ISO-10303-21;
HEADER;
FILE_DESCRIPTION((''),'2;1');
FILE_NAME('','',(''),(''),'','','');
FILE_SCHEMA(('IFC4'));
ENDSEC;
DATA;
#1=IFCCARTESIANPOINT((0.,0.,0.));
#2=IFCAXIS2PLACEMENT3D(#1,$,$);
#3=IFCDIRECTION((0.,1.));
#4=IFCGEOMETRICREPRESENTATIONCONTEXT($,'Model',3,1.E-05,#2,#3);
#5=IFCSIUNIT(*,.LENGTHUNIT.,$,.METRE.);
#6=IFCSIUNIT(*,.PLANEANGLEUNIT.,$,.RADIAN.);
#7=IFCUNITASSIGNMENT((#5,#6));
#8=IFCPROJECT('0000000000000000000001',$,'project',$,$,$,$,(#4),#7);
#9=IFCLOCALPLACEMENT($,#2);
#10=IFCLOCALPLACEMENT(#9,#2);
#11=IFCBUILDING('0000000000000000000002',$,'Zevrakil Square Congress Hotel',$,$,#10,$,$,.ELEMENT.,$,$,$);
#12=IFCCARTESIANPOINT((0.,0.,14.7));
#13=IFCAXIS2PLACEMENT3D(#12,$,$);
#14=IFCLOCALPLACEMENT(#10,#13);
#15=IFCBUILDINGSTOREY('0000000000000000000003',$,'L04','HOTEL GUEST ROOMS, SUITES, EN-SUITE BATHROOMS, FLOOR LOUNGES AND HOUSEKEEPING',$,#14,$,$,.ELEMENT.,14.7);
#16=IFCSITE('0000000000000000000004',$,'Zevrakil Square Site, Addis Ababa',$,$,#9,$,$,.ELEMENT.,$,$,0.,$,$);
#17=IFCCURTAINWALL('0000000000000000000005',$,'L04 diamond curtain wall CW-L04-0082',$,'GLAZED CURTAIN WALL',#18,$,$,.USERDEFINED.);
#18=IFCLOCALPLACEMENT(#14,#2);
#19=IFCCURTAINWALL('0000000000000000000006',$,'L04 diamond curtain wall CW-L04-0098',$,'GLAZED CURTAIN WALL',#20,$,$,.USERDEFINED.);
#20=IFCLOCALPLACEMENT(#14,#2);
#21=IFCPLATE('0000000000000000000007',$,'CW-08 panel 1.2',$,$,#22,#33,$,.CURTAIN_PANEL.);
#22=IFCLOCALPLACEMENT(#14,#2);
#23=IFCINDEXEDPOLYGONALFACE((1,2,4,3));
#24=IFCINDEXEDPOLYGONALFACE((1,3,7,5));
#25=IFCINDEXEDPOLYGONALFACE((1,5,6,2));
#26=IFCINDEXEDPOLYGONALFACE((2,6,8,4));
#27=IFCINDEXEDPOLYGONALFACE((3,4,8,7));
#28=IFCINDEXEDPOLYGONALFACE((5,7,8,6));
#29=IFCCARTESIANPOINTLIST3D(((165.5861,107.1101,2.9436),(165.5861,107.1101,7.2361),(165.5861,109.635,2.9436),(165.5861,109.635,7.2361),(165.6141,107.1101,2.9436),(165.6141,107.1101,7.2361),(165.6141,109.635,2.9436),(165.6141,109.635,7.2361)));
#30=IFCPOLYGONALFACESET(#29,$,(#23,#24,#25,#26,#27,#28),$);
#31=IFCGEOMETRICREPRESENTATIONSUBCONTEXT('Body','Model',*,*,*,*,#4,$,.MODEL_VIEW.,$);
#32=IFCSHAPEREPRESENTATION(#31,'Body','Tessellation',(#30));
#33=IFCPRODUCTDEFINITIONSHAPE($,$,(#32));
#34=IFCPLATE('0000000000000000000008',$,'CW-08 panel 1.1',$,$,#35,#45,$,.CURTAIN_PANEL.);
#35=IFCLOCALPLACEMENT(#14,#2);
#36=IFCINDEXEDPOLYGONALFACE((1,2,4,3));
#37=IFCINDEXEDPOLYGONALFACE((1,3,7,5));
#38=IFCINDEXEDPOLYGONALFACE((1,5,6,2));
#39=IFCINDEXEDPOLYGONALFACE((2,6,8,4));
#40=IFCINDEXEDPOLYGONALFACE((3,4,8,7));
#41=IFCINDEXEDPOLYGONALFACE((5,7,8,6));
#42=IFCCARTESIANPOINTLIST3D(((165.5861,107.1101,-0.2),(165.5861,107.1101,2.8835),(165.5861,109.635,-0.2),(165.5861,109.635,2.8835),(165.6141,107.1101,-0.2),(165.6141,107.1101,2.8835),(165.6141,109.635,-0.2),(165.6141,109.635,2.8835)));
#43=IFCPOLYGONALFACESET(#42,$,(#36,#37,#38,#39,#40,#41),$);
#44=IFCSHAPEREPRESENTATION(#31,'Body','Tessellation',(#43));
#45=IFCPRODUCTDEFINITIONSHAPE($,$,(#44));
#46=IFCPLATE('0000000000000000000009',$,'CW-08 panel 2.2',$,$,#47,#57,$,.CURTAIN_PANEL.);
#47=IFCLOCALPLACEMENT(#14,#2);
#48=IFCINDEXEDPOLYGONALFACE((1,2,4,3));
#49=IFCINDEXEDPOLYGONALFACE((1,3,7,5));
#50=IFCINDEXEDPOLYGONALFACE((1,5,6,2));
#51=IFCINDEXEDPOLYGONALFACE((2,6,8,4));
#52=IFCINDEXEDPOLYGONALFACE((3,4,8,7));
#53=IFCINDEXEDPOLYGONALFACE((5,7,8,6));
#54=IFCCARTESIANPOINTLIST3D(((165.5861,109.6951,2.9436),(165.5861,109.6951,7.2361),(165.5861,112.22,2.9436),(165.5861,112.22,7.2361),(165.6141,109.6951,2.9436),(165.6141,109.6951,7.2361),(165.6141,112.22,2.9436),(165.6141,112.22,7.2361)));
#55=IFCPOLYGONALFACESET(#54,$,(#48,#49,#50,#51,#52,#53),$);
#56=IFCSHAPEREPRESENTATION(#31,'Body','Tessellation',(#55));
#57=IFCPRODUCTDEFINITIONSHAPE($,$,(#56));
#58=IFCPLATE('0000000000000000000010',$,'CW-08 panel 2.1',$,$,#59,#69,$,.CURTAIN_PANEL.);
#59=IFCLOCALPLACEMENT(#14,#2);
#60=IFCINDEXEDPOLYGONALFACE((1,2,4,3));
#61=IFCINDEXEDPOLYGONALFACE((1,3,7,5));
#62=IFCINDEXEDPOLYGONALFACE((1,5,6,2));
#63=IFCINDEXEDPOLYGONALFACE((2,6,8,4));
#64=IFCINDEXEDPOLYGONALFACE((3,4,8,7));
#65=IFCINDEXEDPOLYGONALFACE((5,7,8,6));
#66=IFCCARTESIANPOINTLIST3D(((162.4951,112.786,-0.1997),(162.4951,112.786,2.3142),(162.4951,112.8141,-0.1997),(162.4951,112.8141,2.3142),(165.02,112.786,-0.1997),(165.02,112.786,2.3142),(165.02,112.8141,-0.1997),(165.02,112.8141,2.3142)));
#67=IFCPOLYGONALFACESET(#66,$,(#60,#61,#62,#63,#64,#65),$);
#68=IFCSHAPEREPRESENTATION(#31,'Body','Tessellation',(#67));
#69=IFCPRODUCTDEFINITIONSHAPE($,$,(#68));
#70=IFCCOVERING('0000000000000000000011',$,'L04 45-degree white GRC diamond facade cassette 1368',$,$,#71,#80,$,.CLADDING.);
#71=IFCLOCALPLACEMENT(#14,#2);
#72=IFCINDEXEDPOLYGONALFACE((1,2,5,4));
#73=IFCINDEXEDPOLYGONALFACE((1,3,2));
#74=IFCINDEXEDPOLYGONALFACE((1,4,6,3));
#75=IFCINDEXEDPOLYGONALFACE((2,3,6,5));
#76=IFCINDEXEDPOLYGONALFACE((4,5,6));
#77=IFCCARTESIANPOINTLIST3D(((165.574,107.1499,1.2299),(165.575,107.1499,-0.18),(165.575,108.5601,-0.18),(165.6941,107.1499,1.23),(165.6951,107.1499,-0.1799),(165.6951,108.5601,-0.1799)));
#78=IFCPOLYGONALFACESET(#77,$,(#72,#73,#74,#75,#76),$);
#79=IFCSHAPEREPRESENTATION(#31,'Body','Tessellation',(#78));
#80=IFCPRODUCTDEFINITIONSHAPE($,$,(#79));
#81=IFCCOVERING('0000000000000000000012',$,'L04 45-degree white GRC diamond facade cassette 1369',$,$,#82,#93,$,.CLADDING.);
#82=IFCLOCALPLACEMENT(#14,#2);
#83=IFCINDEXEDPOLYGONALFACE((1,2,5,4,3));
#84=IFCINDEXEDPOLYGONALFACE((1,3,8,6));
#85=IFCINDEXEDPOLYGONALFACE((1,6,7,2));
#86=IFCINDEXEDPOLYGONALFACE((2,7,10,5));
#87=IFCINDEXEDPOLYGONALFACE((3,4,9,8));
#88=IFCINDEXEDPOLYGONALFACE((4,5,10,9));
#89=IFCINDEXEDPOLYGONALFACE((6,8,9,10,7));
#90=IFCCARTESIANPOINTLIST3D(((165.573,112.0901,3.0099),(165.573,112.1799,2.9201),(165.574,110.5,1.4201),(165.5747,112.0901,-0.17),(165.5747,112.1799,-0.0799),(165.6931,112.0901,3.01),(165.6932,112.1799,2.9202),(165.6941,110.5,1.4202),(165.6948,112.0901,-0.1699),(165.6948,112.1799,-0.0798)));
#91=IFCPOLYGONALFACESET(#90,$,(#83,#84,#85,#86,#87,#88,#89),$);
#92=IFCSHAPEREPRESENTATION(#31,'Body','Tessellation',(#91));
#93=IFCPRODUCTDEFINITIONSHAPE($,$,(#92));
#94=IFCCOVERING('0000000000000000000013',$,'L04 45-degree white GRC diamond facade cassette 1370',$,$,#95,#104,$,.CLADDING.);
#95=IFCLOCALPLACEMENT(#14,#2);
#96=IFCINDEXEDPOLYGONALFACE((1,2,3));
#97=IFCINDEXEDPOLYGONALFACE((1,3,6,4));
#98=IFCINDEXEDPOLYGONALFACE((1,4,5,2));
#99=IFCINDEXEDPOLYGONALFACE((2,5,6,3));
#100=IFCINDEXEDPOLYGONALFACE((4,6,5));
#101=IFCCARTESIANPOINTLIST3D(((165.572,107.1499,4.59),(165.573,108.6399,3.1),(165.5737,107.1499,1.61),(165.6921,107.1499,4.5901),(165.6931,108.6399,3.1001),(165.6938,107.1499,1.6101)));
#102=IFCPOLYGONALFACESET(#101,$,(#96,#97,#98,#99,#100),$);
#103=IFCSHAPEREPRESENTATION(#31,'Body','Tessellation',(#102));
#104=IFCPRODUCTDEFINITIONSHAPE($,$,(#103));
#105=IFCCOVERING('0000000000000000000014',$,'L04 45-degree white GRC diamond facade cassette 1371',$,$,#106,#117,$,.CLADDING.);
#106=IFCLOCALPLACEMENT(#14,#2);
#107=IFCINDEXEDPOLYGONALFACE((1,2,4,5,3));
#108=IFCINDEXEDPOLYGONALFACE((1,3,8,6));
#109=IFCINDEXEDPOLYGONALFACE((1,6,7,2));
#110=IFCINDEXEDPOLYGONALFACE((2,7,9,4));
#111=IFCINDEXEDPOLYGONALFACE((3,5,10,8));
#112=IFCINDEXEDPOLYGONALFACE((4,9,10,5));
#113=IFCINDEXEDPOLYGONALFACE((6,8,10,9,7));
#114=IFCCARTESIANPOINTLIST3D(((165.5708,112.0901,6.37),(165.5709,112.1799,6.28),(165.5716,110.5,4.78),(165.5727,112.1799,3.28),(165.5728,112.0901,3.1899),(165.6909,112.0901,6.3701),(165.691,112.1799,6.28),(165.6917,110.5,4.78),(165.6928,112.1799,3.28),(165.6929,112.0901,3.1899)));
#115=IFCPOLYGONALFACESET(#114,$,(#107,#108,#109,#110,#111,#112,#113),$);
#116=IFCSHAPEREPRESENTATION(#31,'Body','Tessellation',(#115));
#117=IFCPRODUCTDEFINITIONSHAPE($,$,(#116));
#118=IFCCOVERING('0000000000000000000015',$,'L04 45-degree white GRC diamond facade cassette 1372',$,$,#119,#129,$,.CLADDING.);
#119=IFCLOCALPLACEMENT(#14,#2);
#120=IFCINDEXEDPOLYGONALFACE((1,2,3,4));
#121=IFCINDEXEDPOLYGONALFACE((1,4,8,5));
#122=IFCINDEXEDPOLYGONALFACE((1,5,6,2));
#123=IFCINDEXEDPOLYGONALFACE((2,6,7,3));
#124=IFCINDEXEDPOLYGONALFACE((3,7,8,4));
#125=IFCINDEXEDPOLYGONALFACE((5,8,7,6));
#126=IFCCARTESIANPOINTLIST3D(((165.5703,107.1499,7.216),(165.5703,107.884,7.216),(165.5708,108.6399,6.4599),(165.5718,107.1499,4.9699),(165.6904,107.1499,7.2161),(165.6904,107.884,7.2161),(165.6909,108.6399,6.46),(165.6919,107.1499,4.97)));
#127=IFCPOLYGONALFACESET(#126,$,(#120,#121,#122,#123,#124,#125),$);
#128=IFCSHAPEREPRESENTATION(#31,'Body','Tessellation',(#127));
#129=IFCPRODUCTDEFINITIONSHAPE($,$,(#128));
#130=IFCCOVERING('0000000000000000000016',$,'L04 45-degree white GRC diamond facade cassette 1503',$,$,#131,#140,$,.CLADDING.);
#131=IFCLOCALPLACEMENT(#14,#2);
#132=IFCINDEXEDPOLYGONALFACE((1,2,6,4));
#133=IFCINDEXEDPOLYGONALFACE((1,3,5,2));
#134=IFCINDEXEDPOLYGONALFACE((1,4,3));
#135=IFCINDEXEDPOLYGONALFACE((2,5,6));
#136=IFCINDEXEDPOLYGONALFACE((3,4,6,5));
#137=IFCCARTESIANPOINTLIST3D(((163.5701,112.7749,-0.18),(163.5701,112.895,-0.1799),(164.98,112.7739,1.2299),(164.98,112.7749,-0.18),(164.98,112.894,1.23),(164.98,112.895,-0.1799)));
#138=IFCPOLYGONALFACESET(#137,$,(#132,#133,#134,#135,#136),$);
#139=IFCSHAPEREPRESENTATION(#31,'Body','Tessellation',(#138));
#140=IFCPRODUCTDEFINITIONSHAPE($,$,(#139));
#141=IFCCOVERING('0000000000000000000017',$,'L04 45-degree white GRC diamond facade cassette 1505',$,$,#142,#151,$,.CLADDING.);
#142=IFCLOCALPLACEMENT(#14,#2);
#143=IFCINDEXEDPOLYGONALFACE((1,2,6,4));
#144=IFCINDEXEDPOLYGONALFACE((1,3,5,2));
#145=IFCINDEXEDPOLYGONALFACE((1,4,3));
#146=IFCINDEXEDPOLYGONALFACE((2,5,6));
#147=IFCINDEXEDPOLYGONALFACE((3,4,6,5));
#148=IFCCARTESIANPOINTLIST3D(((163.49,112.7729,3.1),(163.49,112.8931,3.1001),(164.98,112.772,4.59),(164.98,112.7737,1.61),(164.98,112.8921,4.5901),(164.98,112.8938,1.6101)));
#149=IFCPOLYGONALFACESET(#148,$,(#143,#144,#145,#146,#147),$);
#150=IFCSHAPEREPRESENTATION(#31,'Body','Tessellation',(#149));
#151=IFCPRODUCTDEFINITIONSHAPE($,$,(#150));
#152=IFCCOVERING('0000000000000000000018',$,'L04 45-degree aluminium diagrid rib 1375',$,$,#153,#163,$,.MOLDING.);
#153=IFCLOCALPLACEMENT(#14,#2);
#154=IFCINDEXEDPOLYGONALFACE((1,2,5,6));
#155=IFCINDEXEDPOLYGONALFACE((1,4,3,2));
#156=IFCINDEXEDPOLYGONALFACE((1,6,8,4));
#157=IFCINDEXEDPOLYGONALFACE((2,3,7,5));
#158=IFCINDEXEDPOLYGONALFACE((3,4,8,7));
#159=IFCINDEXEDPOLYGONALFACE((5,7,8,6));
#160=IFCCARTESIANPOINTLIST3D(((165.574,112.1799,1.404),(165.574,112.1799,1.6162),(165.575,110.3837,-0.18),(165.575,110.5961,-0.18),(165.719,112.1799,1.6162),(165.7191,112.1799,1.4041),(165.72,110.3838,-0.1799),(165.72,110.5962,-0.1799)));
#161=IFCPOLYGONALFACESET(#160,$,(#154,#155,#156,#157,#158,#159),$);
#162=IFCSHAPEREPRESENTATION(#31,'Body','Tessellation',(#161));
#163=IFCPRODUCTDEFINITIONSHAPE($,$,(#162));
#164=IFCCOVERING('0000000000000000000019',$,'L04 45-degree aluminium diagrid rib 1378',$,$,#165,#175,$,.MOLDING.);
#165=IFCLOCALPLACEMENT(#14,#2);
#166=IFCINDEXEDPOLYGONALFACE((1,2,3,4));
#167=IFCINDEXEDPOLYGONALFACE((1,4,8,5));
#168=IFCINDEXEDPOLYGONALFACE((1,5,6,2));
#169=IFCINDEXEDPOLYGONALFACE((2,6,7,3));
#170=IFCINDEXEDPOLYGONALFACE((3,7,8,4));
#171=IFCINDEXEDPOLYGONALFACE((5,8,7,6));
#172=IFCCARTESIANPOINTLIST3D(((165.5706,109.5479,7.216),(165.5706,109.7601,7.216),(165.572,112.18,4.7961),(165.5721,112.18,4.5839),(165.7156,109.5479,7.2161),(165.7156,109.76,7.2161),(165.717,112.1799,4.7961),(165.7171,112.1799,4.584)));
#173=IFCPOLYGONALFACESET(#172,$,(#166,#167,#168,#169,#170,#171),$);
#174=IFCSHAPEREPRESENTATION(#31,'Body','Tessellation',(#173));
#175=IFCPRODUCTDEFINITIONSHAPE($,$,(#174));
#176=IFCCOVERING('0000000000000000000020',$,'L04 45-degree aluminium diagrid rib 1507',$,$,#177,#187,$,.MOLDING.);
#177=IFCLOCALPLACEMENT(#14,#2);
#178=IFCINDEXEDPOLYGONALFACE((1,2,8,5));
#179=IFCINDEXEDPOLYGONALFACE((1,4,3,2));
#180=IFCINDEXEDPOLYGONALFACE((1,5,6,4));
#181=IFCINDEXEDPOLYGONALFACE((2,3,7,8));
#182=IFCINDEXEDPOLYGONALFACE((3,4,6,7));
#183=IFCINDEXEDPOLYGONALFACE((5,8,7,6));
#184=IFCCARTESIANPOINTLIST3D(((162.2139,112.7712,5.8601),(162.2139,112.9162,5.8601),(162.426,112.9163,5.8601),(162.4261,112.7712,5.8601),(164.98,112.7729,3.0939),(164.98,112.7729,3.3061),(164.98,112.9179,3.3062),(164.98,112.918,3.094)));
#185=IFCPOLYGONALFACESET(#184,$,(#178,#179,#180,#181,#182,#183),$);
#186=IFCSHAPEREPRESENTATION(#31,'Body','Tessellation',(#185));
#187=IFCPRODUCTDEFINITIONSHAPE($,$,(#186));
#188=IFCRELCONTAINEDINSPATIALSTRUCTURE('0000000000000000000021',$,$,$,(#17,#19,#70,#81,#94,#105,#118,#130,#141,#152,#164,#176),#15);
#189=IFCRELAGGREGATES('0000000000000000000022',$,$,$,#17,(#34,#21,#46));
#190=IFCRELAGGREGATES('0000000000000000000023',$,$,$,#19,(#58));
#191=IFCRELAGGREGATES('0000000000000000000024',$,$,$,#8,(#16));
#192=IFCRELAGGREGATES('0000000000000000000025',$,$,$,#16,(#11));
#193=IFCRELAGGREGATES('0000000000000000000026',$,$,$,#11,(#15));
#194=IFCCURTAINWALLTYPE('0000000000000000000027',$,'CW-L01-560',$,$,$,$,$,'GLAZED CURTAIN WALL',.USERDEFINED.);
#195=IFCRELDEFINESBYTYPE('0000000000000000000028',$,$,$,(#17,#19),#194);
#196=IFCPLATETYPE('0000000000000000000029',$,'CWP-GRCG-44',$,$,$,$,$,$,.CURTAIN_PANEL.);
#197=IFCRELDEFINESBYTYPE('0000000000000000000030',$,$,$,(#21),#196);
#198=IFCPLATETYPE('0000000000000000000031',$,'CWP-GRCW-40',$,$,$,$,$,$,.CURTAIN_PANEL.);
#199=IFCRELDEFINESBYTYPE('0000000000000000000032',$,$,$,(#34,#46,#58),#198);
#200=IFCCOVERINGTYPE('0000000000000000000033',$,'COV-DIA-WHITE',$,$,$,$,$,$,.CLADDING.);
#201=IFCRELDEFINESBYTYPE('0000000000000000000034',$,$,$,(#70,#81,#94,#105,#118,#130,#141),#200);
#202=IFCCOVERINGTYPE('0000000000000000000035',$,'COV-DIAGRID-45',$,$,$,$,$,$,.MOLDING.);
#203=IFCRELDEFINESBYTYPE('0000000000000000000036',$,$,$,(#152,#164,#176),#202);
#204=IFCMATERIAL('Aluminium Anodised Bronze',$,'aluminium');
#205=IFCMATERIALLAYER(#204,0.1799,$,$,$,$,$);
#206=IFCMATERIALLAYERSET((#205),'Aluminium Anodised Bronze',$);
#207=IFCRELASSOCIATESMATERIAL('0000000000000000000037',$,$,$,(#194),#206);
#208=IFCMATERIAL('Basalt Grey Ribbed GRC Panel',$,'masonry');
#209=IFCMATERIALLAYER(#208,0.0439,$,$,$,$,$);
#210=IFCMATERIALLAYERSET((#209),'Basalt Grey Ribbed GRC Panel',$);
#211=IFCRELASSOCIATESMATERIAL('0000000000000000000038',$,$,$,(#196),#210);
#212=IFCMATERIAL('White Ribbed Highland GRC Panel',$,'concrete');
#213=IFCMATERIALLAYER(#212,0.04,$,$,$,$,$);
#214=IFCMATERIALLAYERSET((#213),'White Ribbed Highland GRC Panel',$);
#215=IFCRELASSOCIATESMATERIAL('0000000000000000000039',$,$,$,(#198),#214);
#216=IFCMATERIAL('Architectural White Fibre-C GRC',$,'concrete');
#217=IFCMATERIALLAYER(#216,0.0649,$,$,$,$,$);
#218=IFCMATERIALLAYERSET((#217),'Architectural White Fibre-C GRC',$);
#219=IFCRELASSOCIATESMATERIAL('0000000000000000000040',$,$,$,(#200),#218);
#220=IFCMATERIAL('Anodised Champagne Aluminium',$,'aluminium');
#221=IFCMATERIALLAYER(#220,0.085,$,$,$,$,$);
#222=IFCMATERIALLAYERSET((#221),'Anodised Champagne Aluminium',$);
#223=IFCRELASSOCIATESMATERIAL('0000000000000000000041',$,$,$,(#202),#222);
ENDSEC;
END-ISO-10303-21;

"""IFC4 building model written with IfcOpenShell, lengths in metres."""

from ifc_helpers import new_model, si_unit, direction, frame, origin, origin_2d, place, context, subcontext, project, spatial, polyline, rectangle, outline, extrude, material, layer, layer_set, type_object, element, aggregate, save


model = new_model("IFC4")

# Units and contexts
model_context = context("Model", 3, precision=1e-05, world=origin(), true_north=direction((0.0, 1.0)))
body_context = subcontext(model_context, "Body", "Model", "MODEL_VIEW")
ifc_project = project(units=[si_unit("LENGTHUNIT", "METRE"), si_unit("PLANEANGLEUNIT", "RADIAN")], contexts=[model_context])

# Site, building, storey
site_placement = place(None, origin())
site = spatial("IfcSite", under=ifc_project, at=site_placement, Name="Zevrakil Square Site, Addis Ababa", CompositionType="ELEMENT", RefElevation=0.0)
building_placement = place(site_placement, origin())
building = spatial("IfcBuilding", under=site, at=building_placement, Name="Zevrakil Square Congress Hotel", CompositionType="ELEMENT")
storey_placement = place(building_placement, frame((0.0, 0.0, 14.7)))
storey = spatial("IfcBuildingStorey", under=building, at=storey_placement, Name="L04", Description="HOTEL GUEST ROOMS, SUITES, EN-SUITE BATHROOMS, FLOOR LOUNGES AND HOUSEKEEPING", CompositionType="ELEMENT", Elevation=14.7)

# Curtain wall
ifc_material_1 = material(Name="Aluminium Anodised Bronze", Category="aluminium")
ifc_layer_1 = layer(ifc_material_1, 0.1799)
ifc_layer_set_1 = layer_set([ifc_layer_1], Name="Aluminium Anodised Bronze")
curtain_wall_type = type_object("IfcCurtainWallType", Name="CW-L01-560", ElementType="GLAZED CURTAIN WALL", PredefinedType="USERDEFINED", material=ifc_layer_set_1)
curtain_wall_1_placement = place(storey_placement, origin())
curtain_wall_1 = element("IfcCurtainWall", 1, at=curtain_wall_1_placement, inside=storey, type_object=curtain_wall_type, Name="L04 diamond curtain wall CW-L04-0082", ObjectType="GLAZED CURTAIN WALL", PredefinedType="USERDEFINED")

# Curtain wall
curtain_wall_2_placement = place(storey_placement, origin())
curtain_wall_2 = element("IfcCurtainWall", 2, at=curtain_wall_2_placement, inside=storey, type_object=curtain_wall_type, Name="L04 diamond curtain wall CW-L04-0098", ObjectType="GLAZED CURTAIN WALL", PredefinedType="USERDEFINED")

# Plates
ifc_material_2 = material(Name="Basalt Grey Ribbed GRC Panel", Category="masonry")
ifc_layer_2 = layer(ifc_material_2, 0.0439)
ifc_layer_set_2 = layer_set([ifc_layer_2], Name="Basalt Grey Ribbed GRC Panel")
plate_type_1 = type_object("IfcPlateType", Name="CWP-GRCG-44", PredefinedType="CURTAIN_PANEL", material=ifc_layer_set_2)
plate_1_placement = place(storey_placement, frame((165.6001, 108.3726, 2.9436), z_axis=(0.0, 0.0, 1.0), x_axis=(0.0, 1.0, 0.0)))
plate_1 = element("IfcPlate", 3, at=plate_1_placement, type_object=plate_type_1, Name="CW-08 panel 1.2", PredefinedType="CURTAIN_PANEL", context=body_context, shape_type="SweptSolid", body=[
    extrude(rectangle(XDim=2.5249, YDim=0.0281, at=origin_2d()), origin(), (0.0, 0.0, 1.0), 4.2925),
])
ifc_material_3 = material(Name="White Ribbed Highland GRC Panel", Category="concrete")
ifc_layer_3 = layer(ifc_material_3, 0.04)
ifc_layer_set_3 = layer_set([ifc_layer_3], Name="White Ribbed Highland GRC Panel")
plate_type_2 = type_object("IfcPlateType", Name="CWP-GRCW-40", PredefinedType="CURTAIN_PANEL", material=ifc_layer_set_3)
plate_2_placement = place(storey_placement, frame((165.6001, 108.3726, -0.2), z_axis=(0.0, 0.0, 1.0), x_axis=(0.0, 1.0, 0.0)))
plate_2 = element("IfcPlate", 4, at=plate_2_placement, type_object=plate_type_2, Name="CW-08 panel 1.1", PredefinedType="CURTAIN_PANEL", context=body_context, shape_type="SweptSolid", body=[
    extrude(rectangle(XDim=2.5249, YDim=0.0281, at=origin_2d()), origin(), (0.0, 0.0, 1.0), 3.0835),
])
plate_3_placement = place(storey_placement, frame((165.6001, 110.9575, 2.9436), z_axis=(0.0, 0.0, 1.0), x_axis=(0.0, 1.0, 0.0)))
plate_3 = element("IfcPlate", 5, at=plate_3_placement, type_object=plate_type_2, Name="CW-08 panel 2.2", PredefinedType="CURTAIN_PANEL", context=body_context, shape_type="SweptSolid", body=[
    extrude(rectangle(XDim=2.5249, YDim=0.0281, at=origin_2d()), origin(), (0.0, 0.0, 1.0), 4.2925),
])
aggregate(curtain_wall_1, [plate_2, plate_1, plate_3])
plate_4_placement = place(storey_placement, frame((163.7576, 112.8, -0.1997), z_axis=(0.0, 0.0, 1.0), x_axis=(1.0, 0.0, 0.0)))
plate_4 = element("IfcPlate", 6, at=plate_4_placement, type_object=plate_type_2, Name="CW-08 panel 2.1", PredefinedType="CURTAIN_PANEL", context=body_context, shape_type="SweptSolid", body=[
    extrude(rectangle(XDim=2.5249, YDim=0.0281, at=origin_2d()), origin(), (0.0, 0.0, 1.0), 2.5139),
])
aggregate(curtain_wall_2, [plate_4])

# Coverings
ifc_material_4 = material(Name="Architectural White Fibre-C GRC", Category="concrete")
ifc_layer_4 = layer(ifc_material_4, 0.0649)
ifc_layer_set_4 = layer_set([ifc_layer_4], Name="Architectural White Fibre-C GRC")
covering_type_1 = type_object("IfcCoveringType", Name="COV-DIA-WHITE", PredefinedType="CLADDING", material=ifc_layer_set_4)
covering_1_placement = place(storey_placement, frame((165.6951, 108.5601, -0.1799), z_axis=(1.0, 0.0, 0.000693), x_axis=(0.0, -1.0, 0.0)))
element("IfcCovering", 7, at=covering_1_placement, inside=storey, type_object=covering_type_1, Name="L04 45-degree white GRC diamond facade cassette 1368", PredefinedType="CLADDING", context=body_context, shape_type="SweptSolid", body=[
    extrude(outline(polyline([(0.0, 0.0), (1.4102, 0.0), (1.4102, -1.4099), (0.0, 0.0)])), origin(), (0.0, 0.0, -1.0), 0.1201),
])
covering_2_placement = place(storey_placement, frame((165.6948, 112.0901, -0.1699), z_axis=(1.0, 0.000069, 0.000539), x_axis=(-0.000332, -0.707107, 0.707107)))
element("IfcCovering", 8, at=covering_2_placement, inside=storey, type_object=covering_type_1, Name="L04 45-degree white GRC diamond facade cassette 1369", PredefinedType="CLADDING", context=body_context, shape_type="SweptSolid", body=[
    extrude(outline(polyline([(0.0, 0.0), (2.2487, 0.0), (2.2486, -2.2486), (2.1215, -2.2486), (0.0002, -0.1272), (0.0, 0.0)])), origin(), (0.0, 0.0, -1.0), 0.1201),
])
covering_3_placement = place(storey_placement, frame((165.6931, 108.6399, 3.1001), z_axis=(1.0, -0.000082, 0.000573), x_axis=(0.000348, -0.707107, -0.707107)))
element("IfcCovering", 9, at=covering_3_placement, inside=storey, type_object=covering_type_1, Name="L04 45-degree white GRC diamond facade cassette 1370", PredefinedType="CLADDING", context=body_context, shape_type="SweptSolid", body=[
    extrude(outline(polyline([(0.0, 0.0), (2.1072, 0.0), (0.0, -2.1072), (0.0, 0.0)])), origin(), (0.0, 0.0, -1.0), 0.1201),
])
covering_4_placement = place(storey_placement, frame((165.6929, 112.0901, 3.1899), z_axis=(1.0, -0.000134, 0.000612), x_axis=(-0.000528, -0.707107, 0.707107)))
element("IfcCovering", 10, at=covering_4_placement, inside=storey, type_object=covering_type_1, Name="L04 45-degree white GRC diamond facade cassette 1371", PredefinedType="CLADDING", context=body_context, shape_type="SweptSolid", body=[
    extrude(outline(polyline([(0.0, 0.0), (2.2487, 0.0), (2.2487, -2.2487), (2.1215, -2.2486), (0.0002, -0.1272), (0.0, 0.0)])), origin(), (0.0, 0.0, -1.0), 0.1201),
])
covering_5_placement = place(storey_placement, frame((165.6909, 108.6399, 6.46), z_axis=(1.0, 0.000003, 0.000651), x_axis=(0.000462, -0.707107, -0.707107)))
element("IfcCovering", 11, at=covering_5_placement, inside=storey, type_object=covering_type_1, Name="L04 45-degree white GRC diamond facade cassette 1372", PredefinedType="CLADDING", context=body_context, shape_type="SweptSolid", body=[
    extrude(outline(polyline([(0.0, 0.0), (2.1072, 0.0), (0.5189, -1.5882), (-0.0002, -1.0691), (0.0, 0.0)])), origin(), (0.0, 0.0, -1.0), 0.1201),
])
covering_6_placement = place(storey_placement, frame((163.5701, 112.895, -0.1799), z_axis=(0.0, 1.0, 0.000693), x_axis=(1.0, 0.0, 0.0)))
element("IfcCovering", 12, at=covering_6_placement, inside=storey, type_object=covering_type_1, Name="L04 45-degree white GRC diamond facade cassette 1503", PredefinedType="CLADDING", context=body_context, shape_type="SweptSolid", body=[
    extrude(outline(polyline([(0.0, 0.0), (1.4099, 0.0), (1.4099, -1.4099), (0.0, 0.0)])), origin(), (0.0, 0.0, -1.0), 0.1201),
])
covering_7_placement = place(storey_placement, frame((163.49, 112.8931, 3.1001), z_axis=(0.000082, 1.0, 0.000573), x_axis=(0.707107, 0.000348, -0.707107)))
element("IfcCovering", 13, at=covering_7_placement, inside=storey, type_object=covering_type_1, Name="L04 45-degree white GRC diamond facade cassette 1505", PredefinedType="CLADDING", context=body_context, shape_type="SweptSolid", body=[
    extrude(outline(polyline([(0.0, 0.0), (2.1072, 0.0), (0.0, -2.1072), (0.0, 0.0)])), origin(), (0.0, 0.0, -1.0), 0.1201),
])
ifc_material_5 = material(Name="Anodised Champagne Aluminium", Category="aluminium")
ifc_layer_5 = layer(ifc_material_5, 0.085)
ifc_layer_set_5 = layer_set([ifc_layer_5], Name="Anodised Champagne Aluminium")
covering_type_2 = type_object("IfcCoveringType", Name="COV-DIAGRID-45", PredefinedType="MOLDING", material=ifc_layer_set_5)
covering_8_placement = place(storey_placement, frame((165.72, 110.5962, -0.1799), z_axis=(1.0, 0.000289, 0.000289), x_axis=(0.000289, -1.0, 0.0)))
element("IfcCovering", 14, at=covering_8_placement, inside=storey, type_object=covering_type_2, Name="L04 45-degree aluminium diagrid rib 1375", PredefinedType="MOLDING", context=body_context, shape_type="SweptSolid", body=[
    extrude(outline(polyline([(0.0, 0.0), (0.2124, 0.0), (-1.5837, -1.7961), (-1.5837, -1.584), (0.0, 0.0)])), origin(), (0.0, 0.0, -1.0), 0.145),
])
covering_9_placement = place(storey_placement, frame((165.7156, 109.5479, 7.2161), z_axis=(1.0, -0.00029, 0.00029), x_axis=(0.00029, 1.0, 0.0)))
element("IfcCovering", 15, at=covering_9_placement, inside=storey, type_object=covering_type_2, Name="L04 45-degree aluminium diagrid rib 1378", PredefinedType="MOLDING", context=body_context, shape_type="SweptSolid", body=[
    extrude(outline(polyline([(0.0, 0.0), (0.2122, 0.0), (2.6321, -2.4199), (2.6321, -2.6321), (0.0, 0.0)])), origin(), (0.0, 0.0, -1.0), 0.145),
])
covering_10_placement = place(storey_placement, frame((164.98, 112.918, 3.094), z_axis=(-0.000321, 1.0, 0.000321), x_axis=(0.0, -0.000321, 1.0)))
element("IfcCovering", 16, at=covering_10_placement, inside=storey, type_object=covering_type_2, Name="L04 45-degree aluminium diagrid rib 1507", PredefinedType="MOLDING", context=body_context, shape_type="SweptSolid", body=[
    extrude(outline(polyline([(0.0, 0.0), (0.2122, 0.0), (2.7661, -2.554), (2.7661, -2.7661), (0.0, 0.0)])), origin(), (0.0, 0.0, -1.0), 0.145),
])

save(model, "model.ifc")
